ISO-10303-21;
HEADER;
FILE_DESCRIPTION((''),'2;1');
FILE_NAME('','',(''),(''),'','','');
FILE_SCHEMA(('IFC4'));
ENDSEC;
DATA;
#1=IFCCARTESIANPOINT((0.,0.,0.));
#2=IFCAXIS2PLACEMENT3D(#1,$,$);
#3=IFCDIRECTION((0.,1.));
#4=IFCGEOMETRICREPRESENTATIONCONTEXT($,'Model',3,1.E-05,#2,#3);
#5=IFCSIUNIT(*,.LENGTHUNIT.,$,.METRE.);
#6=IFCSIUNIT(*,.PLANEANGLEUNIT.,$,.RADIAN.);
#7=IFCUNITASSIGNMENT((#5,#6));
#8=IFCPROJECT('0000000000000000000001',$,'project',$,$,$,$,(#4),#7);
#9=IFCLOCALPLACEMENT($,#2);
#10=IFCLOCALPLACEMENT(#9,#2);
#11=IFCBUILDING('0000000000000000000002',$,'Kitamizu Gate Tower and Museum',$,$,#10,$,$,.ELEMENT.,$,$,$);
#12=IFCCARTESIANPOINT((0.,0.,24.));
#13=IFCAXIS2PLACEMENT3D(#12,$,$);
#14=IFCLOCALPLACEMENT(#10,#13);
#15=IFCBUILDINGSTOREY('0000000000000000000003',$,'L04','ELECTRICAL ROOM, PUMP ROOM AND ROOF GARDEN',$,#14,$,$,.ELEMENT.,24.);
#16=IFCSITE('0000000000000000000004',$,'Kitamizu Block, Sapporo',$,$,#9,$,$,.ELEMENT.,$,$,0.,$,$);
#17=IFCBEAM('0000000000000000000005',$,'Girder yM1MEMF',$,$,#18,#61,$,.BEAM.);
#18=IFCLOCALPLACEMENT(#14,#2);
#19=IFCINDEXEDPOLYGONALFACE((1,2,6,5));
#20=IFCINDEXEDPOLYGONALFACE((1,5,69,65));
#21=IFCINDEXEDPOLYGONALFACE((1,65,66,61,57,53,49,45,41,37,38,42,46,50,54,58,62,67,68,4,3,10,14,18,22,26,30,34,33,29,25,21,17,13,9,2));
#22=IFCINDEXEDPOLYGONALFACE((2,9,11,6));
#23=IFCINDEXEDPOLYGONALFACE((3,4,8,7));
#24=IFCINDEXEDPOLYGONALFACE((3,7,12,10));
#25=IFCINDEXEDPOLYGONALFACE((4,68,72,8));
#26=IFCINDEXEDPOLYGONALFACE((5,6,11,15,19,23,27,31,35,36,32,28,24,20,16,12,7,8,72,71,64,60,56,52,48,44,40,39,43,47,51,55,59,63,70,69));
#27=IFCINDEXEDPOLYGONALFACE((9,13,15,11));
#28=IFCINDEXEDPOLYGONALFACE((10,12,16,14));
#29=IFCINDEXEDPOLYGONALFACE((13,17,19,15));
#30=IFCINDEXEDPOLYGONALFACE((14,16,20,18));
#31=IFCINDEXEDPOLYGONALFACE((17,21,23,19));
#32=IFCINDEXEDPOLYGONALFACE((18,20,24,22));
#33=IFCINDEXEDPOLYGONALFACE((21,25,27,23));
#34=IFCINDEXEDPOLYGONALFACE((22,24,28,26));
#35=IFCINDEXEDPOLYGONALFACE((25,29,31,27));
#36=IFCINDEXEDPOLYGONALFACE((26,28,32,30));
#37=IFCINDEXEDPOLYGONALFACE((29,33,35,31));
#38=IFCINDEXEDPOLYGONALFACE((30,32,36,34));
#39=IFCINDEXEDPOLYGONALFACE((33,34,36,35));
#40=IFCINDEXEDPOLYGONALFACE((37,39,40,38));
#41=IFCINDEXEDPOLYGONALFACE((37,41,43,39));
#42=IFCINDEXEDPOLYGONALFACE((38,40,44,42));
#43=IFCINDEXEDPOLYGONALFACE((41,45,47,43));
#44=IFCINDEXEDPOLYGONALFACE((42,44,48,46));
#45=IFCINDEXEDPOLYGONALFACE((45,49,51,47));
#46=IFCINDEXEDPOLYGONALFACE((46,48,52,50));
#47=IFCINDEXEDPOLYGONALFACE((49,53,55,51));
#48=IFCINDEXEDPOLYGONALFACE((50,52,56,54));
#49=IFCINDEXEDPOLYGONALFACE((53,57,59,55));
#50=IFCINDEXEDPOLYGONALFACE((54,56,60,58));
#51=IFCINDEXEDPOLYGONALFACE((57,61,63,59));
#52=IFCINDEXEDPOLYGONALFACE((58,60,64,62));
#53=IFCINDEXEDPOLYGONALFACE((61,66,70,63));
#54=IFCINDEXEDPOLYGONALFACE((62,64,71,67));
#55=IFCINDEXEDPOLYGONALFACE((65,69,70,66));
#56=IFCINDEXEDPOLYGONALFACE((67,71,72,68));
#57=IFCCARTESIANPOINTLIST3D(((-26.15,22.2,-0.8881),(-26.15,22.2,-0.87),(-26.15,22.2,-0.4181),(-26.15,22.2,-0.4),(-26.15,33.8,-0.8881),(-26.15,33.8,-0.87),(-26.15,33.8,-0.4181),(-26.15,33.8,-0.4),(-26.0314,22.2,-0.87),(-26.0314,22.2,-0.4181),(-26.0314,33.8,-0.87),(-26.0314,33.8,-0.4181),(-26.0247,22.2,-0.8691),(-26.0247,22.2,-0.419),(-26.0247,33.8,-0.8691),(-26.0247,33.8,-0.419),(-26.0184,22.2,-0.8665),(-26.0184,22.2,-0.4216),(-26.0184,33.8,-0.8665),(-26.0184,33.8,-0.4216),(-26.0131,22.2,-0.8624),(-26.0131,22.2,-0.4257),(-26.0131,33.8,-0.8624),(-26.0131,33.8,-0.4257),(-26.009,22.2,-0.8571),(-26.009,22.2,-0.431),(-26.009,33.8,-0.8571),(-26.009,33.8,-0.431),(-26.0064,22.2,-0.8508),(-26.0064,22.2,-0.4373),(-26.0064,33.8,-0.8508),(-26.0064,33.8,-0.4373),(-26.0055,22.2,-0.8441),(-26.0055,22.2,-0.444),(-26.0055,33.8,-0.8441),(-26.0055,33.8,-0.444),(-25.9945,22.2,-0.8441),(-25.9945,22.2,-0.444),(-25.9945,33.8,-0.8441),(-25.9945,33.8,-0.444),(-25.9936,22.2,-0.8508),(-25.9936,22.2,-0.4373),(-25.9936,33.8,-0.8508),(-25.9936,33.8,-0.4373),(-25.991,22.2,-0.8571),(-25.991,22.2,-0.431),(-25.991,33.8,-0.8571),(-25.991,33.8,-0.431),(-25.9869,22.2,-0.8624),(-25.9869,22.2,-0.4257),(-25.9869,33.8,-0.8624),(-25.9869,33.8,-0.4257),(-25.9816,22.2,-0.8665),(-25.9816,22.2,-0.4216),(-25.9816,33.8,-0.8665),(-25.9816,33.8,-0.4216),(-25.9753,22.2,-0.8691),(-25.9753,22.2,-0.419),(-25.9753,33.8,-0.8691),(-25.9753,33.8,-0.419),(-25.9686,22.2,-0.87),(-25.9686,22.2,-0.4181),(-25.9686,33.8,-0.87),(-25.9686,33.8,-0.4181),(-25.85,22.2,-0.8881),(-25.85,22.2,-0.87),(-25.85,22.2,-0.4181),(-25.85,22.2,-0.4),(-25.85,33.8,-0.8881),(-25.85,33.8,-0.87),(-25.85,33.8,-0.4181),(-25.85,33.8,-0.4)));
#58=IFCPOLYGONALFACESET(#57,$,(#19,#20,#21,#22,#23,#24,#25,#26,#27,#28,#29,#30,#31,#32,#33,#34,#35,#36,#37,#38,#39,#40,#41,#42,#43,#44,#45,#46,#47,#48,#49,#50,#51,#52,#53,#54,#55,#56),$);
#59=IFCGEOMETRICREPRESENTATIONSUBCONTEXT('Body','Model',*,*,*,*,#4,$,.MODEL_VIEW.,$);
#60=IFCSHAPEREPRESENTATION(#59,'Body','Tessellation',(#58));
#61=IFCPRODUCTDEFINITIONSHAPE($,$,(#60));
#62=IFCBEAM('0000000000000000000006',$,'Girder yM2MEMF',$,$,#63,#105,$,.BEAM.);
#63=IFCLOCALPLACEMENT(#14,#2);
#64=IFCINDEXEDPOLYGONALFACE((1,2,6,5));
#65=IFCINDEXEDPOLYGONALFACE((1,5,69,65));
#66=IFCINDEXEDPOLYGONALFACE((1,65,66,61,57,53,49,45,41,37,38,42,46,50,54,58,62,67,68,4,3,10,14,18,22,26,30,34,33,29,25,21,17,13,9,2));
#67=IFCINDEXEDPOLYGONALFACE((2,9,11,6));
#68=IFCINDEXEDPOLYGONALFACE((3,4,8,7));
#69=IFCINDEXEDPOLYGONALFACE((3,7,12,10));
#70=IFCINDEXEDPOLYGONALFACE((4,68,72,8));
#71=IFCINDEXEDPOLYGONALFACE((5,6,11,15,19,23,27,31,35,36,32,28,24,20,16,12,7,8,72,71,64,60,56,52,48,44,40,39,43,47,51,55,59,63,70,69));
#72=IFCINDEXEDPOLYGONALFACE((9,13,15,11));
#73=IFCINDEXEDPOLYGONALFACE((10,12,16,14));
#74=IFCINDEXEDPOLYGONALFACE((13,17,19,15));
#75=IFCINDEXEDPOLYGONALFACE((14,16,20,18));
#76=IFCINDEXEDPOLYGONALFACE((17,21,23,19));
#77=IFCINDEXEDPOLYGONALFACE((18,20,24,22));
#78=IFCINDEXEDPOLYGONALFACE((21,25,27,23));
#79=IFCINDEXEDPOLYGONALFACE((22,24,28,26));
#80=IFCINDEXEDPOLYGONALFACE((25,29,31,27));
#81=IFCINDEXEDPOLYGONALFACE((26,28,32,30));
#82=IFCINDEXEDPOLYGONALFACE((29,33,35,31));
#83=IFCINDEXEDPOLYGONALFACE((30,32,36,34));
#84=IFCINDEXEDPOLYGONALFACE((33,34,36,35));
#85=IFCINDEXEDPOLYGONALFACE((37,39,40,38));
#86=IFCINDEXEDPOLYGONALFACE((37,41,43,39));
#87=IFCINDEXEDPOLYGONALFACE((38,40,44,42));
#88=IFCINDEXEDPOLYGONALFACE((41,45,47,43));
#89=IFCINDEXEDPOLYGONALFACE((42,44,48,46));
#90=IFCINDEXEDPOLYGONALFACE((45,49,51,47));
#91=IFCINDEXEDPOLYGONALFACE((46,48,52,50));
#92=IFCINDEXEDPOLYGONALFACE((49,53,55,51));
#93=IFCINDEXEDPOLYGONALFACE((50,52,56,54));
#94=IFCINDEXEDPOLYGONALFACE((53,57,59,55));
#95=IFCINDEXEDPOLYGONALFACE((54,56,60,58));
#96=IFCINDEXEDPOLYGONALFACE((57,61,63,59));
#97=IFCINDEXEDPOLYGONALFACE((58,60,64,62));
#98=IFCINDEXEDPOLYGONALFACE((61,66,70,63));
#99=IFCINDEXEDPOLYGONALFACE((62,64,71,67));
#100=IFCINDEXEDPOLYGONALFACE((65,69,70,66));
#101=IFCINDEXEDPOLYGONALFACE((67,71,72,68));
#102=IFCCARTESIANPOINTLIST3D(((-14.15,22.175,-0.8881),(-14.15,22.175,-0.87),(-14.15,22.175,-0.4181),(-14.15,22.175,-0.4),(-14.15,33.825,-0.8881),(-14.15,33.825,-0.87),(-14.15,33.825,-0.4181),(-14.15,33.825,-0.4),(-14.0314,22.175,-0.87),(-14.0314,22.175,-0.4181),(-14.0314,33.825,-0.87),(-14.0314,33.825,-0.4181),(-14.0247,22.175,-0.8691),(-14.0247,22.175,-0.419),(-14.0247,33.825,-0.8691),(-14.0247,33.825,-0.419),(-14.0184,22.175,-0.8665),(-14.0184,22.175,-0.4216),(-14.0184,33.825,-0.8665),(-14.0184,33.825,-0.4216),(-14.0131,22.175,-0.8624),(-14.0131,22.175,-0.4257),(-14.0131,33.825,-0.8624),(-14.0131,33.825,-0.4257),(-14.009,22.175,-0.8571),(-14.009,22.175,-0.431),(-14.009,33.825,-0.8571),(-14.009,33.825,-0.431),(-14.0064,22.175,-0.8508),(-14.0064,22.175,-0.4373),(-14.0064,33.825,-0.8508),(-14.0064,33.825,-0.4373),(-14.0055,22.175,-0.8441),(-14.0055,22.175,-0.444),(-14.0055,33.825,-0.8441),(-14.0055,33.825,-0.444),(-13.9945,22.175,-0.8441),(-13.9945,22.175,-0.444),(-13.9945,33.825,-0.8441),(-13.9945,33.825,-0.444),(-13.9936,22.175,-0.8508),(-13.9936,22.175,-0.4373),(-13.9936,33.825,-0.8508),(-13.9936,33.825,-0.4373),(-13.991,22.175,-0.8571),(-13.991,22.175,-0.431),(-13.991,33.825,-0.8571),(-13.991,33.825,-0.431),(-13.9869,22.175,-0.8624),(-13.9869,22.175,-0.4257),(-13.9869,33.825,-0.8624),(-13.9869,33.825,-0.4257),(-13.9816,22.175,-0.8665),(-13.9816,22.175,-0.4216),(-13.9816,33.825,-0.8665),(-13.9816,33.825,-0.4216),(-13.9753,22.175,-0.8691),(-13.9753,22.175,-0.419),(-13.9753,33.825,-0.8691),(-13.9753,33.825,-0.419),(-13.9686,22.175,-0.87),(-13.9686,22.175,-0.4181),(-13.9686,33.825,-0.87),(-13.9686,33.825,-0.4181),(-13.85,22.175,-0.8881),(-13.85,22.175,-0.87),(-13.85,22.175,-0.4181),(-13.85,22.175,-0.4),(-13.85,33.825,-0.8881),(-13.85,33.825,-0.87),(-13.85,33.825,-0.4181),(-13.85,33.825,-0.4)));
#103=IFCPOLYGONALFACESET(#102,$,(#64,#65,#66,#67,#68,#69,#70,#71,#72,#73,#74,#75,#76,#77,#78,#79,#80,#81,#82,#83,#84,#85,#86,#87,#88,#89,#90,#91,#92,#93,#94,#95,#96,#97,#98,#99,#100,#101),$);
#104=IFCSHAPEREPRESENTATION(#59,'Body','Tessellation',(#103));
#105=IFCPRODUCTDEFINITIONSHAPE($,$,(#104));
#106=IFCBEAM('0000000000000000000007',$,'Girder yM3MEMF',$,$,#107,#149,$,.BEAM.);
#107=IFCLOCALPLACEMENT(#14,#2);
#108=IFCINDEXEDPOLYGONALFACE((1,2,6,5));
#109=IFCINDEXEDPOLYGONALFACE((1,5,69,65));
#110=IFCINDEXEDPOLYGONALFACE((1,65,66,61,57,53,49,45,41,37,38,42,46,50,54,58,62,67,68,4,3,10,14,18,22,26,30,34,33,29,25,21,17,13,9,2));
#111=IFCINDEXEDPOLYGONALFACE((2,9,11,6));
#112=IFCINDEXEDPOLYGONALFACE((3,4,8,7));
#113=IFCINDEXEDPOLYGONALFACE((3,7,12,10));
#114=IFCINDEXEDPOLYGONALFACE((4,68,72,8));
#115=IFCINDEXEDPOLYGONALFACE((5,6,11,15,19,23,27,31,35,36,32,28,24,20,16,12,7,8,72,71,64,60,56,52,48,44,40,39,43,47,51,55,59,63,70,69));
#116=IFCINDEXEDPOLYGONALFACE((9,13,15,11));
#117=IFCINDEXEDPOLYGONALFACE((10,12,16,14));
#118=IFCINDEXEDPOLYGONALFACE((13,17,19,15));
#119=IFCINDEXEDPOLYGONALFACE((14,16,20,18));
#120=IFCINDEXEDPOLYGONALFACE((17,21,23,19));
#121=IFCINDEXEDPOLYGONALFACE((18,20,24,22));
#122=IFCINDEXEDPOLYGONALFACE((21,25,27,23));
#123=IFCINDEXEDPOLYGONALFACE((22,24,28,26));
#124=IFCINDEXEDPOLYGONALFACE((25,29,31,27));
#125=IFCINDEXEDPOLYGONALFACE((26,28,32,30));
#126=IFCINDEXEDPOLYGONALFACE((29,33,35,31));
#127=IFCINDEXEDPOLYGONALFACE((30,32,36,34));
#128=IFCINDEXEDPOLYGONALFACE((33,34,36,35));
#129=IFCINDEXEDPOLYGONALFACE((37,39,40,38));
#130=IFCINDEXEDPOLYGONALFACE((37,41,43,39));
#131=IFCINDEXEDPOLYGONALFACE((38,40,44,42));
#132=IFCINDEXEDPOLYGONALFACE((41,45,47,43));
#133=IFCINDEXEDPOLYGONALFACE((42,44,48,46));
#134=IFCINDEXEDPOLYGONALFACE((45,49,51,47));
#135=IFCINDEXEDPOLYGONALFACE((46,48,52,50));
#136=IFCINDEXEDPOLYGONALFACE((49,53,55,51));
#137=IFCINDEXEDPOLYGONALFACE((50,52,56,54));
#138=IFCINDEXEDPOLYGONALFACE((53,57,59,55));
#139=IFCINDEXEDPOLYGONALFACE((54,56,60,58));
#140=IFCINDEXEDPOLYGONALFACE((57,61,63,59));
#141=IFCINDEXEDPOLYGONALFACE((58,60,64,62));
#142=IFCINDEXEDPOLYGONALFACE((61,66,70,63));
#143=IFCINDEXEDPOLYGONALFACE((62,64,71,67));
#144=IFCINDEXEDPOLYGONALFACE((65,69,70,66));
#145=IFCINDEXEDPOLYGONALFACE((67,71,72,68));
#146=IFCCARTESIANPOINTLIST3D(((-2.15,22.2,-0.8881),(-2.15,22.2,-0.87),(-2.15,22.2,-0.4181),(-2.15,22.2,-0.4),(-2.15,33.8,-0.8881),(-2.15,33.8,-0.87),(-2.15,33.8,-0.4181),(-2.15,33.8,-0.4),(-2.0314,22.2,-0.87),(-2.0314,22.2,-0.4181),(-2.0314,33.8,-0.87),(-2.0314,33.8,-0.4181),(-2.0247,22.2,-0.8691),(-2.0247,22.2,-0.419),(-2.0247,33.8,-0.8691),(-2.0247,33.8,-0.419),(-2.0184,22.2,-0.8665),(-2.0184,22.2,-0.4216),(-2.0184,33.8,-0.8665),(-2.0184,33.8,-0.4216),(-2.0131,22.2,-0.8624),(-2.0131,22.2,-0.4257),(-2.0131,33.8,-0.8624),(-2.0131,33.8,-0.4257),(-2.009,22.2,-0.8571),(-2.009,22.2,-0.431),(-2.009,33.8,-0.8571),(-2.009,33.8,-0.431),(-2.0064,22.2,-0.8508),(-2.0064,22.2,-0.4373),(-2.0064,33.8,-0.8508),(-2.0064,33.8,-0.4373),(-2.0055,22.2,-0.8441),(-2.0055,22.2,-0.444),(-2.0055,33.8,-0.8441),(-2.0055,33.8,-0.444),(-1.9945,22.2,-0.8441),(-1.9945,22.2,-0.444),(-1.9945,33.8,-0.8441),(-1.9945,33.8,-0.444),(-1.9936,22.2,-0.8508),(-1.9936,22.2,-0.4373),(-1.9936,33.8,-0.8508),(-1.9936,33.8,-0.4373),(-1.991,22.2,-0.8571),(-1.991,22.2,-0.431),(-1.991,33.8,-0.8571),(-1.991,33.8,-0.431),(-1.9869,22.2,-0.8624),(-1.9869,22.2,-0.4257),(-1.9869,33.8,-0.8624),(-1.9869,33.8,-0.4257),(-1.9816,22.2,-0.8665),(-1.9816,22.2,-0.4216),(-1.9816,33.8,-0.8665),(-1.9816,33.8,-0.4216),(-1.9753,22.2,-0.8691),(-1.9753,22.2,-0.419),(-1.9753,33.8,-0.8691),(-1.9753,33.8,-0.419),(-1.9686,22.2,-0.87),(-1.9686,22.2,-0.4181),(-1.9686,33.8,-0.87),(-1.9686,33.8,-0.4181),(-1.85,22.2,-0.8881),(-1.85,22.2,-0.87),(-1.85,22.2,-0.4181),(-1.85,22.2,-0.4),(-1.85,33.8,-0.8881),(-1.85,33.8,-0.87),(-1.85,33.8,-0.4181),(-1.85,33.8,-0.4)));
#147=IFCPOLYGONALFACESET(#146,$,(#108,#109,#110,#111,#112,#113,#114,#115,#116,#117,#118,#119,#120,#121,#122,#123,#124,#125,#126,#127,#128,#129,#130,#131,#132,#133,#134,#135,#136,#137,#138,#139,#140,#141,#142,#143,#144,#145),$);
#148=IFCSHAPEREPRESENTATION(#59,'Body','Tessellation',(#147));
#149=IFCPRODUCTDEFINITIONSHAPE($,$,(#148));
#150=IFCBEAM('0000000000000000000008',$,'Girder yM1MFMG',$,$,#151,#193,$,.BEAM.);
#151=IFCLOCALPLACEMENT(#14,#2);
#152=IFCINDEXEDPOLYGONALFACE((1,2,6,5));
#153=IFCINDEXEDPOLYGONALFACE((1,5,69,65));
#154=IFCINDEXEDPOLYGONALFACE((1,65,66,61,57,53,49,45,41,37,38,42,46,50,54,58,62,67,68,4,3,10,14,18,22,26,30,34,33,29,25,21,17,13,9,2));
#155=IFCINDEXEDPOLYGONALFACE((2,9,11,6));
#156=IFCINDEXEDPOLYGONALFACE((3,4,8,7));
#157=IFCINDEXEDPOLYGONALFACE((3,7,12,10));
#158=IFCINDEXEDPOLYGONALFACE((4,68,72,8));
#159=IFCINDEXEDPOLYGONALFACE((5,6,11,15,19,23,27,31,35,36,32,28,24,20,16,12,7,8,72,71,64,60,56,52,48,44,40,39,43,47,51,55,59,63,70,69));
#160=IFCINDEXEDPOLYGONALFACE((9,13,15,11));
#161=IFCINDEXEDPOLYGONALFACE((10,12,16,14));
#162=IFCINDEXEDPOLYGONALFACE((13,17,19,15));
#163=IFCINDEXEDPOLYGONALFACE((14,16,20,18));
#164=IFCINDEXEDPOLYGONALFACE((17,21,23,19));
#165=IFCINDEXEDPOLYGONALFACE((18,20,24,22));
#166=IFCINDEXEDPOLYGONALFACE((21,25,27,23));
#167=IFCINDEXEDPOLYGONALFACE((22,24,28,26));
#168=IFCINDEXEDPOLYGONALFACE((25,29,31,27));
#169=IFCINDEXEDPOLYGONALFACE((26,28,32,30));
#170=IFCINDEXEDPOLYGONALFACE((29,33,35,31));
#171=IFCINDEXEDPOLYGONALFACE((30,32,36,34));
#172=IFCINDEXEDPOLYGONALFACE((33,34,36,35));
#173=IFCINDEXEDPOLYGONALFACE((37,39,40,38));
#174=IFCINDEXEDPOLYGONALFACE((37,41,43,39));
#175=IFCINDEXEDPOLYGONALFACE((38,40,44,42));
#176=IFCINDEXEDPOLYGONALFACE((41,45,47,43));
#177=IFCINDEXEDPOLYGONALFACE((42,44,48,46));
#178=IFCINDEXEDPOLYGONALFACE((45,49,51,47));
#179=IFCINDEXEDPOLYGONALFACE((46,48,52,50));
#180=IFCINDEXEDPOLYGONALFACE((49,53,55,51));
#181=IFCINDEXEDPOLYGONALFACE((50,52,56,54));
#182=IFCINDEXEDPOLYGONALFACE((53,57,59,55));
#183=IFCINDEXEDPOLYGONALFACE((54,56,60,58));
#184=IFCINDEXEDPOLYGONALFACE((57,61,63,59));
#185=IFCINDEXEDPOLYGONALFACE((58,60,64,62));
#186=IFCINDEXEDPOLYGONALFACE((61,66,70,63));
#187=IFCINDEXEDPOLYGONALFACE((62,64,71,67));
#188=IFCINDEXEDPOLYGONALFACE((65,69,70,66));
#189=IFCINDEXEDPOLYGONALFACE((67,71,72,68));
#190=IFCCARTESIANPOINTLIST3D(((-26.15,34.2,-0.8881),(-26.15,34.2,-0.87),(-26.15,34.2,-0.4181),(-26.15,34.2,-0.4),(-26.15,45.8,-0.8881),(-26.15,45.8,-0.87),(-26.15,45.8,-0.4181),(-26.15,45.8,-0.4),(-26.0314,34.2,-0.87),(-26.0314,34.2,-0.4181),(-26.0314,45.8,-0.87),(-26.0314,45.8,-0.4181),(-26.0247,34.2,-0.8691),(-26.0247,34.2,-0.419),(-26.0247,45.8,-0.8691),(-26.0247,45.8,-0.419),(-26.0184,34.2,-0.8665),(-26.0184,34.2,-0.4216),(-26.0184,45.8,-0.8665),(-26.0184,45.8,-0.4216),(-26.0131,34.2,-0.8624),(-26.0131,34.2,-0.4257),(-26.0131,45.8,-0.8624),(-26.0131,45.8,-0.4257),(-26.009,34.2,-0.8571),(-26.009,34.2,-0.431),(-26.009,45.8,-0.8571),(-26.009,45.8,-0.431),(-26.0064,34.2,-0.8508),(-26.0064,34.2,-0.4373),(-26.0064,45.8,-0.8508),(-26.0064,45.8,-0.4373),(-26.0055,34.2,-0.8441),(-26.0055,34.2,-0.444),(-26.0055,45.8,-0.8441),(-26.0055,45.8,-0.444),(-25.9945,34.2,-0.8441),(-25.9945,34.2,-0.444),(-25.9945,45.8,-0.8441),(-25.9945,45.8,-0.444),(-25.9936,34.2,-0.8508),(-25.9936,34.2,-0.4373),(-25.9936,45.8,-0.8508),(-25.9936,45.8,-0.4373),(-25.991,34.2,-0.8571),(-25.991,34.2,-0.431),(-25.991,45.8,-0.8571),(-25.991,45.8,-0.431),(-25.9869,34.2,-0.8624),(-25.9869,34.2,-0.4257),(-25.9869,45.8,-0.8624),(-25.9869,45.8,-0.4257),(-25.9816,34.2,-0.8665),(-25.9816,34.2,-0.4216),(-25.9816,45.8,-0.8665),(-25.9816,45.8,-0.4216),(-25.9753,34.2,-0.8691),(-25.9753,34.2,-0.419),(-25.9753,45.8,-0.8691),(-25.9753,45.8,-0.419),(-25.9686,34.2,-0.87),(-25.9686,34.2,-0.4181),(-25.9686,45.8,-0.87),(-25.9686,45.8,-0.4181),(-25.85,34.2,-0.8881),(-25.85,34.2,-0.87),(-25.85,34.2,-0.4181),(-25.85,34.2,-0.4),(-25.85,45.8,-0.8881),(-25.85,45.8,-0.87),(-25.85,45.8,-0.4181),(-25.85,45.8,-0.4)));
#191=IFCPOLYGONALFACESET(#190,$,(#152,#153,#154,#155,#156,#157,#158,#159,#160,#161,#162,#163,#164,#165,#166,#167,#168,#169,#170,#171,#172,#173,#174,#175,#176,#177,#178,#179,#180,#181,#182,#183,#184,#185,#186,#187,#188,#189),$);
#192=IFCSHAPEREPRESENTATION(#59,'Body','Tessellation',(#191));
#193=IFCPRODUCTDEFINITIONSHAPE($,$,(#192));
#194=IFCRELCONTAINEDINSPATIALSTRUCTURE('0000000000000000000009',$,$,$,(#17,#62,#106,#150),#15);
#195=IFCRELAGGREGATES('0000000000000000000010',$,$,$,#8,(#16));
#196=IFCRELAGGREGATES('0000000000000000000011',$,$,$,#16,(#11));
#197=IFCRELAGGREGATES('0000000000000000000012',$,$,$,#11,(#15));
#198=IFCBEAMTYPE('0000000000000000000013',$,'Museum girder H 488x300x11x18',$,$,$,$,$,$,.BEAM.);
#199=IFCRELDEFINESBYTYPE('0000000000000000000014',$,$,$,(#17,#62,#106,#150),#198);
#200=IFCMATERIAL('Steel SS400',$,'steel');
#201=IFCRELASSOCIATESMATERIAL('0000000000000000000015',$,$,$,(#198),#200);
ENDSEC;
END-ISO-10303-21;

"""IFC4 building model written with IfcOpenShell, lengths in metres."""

from ifc_helpers import new_model, si_unit, direction, frame, origin, origin_2d, place, context, subcontext, project, spatial, i_section, extrude, material, material_profile, profile_set, type_object, element, save


model = new_model("IFC4")

# Units and contexts
model_context = context("Model", 3, precision=1e-05, world=origin(), true_north=direction((0.0, 1.0)))
body_context = subcontext(model_context, "Body", "Model", "MODEL_VIEW")
ifc_project = project(units=[si_unit("LENGTHUNIT", "METRE"), si_unit("PLANEANGLEUNIT", "RADIAN")], contexts=[model_context])

# Site, building, storey
site_placement = place(None, origin())
site = spatial("IfcSite", under=ifc_project, at=site_placement, Name="Kitamizu Block, Sapporo", CompositionType="ELEMENT", RefElevation=0.0)
building_placement = place(site_placement, origin())
building = spatial("IfcBuilding", under=site, at=building_placement, Name="Kitamizu Gate Tower and Museum", CompositionType="ELEMENT")
storey_placement = place(building_placement, frame((0.0, 0.0, 24.0)))
storey = spatial("IfcBuildingStorey", under=building, at=storey_placement, Name="L04", Description="ELECTRICAL ROOM, PUMP ROOM AND ROOF GARDEN", CompositionType="ELEMENT", Elevation=24.0)

# Beams
ifc_material_1 = material(Name="Steel SS400", Category="steel")
ifc_material_profile_1 = material_profile(ifc_material_1, i_section(OverallWidth=0.3, OverallDepth=0.488, WebThickness=0.011, FlangeThickness=0.0181, FilletRadius=0.0259, at=origin_2d()), Name="H-488x300x11x18")
ifc_profile_set_1 = profile_set([ifc_material_profile_1], Name="Steel SS400")
beam_type_1 = type_object("IfcBeamType", Name="Museum girder H 488x300x11x18", PredefinedType="BEAM", material=ifc_profile_set_1)
for number, where, z_axis, x_axis, name in (
    (1, (-26.0, 22.2, -0.644), (0.0, 1.0, 0.0), (-1.0, 0.0, 0.0), "Girder yM1MEMF"),
):
    element("IfcBeam", number, at=place(storey_placement, frame(where, z_axis=z_axis, x_axis=x_axis)), inside=storey, type_object=beam_type_1, Name=name, PredefinedType="BEAM", context=body_context, shape_type="SweptSolid", body=[
        extrude(i_section(OverallWidth=0.3, OverallDepth=0.488, WebThickness=0.011, FlangeThickness=0.0181, FilletRadius=0.0259, at=origin_2d()), origin(), (0.0, 0.0, 1.0), 11.6001),
    ])
beam_1_placement = place(storey_placement, frame((-14.0, 22.175, -0.644), z_axis=(0.0, 1.0, 0.0), x_axis=(-1.0, 0.0, 0.0)))
element("IfcBeam", 2, at=beam_1_placement, inside=storey, type_object=beam_type_1, Name="Girder yM2MEMF", PredefinedType="BEAM", context=body_context, shape_type="SweptSolid", body=[
    extrude(i_section(OverallWidth=0.3, OverallDepth=0.488, WebThickness=0.011, FlangeThickness=0.0181, FilletRadius=0.0259, at=origin_2d()), origin(), (0.0, 0.0, 1.0), 11.6499),
])
for number, where, z_axis, x_axis, name in (
    (3, (-2.0, 22.2, -0.644), (0.0, 1.0, 0.0), (-1.0, 0.0, 0.0), "Girder yM3MEMF"),
    (4, (-26.0, 34.2, -0.644), (0.0, 1.0, 0.0), (-1.0, 0.0, 0.0), "Girder yM1MFMG"),
):
    element("IfcBeam", number, at=place(storey_placement, frame(where, z_axis=z_axis, x_axis=x_axis)), inside=storey, type_object=beam_type_1, Name=name, PredefinedType="BEAM", context=body_context, shape_type="SweptSolid", body=[
        extrude(i_section(OverallWidth=0.3, OverallDepth=0.488, WebThickness=0.011, FlangeThickness=0.0181, FilletRadius=0.0259, at=origin_2d()), origin(), (0.0, 0.0, 1.0), 11.6001),
    ])

save(model, "model.ifc")
